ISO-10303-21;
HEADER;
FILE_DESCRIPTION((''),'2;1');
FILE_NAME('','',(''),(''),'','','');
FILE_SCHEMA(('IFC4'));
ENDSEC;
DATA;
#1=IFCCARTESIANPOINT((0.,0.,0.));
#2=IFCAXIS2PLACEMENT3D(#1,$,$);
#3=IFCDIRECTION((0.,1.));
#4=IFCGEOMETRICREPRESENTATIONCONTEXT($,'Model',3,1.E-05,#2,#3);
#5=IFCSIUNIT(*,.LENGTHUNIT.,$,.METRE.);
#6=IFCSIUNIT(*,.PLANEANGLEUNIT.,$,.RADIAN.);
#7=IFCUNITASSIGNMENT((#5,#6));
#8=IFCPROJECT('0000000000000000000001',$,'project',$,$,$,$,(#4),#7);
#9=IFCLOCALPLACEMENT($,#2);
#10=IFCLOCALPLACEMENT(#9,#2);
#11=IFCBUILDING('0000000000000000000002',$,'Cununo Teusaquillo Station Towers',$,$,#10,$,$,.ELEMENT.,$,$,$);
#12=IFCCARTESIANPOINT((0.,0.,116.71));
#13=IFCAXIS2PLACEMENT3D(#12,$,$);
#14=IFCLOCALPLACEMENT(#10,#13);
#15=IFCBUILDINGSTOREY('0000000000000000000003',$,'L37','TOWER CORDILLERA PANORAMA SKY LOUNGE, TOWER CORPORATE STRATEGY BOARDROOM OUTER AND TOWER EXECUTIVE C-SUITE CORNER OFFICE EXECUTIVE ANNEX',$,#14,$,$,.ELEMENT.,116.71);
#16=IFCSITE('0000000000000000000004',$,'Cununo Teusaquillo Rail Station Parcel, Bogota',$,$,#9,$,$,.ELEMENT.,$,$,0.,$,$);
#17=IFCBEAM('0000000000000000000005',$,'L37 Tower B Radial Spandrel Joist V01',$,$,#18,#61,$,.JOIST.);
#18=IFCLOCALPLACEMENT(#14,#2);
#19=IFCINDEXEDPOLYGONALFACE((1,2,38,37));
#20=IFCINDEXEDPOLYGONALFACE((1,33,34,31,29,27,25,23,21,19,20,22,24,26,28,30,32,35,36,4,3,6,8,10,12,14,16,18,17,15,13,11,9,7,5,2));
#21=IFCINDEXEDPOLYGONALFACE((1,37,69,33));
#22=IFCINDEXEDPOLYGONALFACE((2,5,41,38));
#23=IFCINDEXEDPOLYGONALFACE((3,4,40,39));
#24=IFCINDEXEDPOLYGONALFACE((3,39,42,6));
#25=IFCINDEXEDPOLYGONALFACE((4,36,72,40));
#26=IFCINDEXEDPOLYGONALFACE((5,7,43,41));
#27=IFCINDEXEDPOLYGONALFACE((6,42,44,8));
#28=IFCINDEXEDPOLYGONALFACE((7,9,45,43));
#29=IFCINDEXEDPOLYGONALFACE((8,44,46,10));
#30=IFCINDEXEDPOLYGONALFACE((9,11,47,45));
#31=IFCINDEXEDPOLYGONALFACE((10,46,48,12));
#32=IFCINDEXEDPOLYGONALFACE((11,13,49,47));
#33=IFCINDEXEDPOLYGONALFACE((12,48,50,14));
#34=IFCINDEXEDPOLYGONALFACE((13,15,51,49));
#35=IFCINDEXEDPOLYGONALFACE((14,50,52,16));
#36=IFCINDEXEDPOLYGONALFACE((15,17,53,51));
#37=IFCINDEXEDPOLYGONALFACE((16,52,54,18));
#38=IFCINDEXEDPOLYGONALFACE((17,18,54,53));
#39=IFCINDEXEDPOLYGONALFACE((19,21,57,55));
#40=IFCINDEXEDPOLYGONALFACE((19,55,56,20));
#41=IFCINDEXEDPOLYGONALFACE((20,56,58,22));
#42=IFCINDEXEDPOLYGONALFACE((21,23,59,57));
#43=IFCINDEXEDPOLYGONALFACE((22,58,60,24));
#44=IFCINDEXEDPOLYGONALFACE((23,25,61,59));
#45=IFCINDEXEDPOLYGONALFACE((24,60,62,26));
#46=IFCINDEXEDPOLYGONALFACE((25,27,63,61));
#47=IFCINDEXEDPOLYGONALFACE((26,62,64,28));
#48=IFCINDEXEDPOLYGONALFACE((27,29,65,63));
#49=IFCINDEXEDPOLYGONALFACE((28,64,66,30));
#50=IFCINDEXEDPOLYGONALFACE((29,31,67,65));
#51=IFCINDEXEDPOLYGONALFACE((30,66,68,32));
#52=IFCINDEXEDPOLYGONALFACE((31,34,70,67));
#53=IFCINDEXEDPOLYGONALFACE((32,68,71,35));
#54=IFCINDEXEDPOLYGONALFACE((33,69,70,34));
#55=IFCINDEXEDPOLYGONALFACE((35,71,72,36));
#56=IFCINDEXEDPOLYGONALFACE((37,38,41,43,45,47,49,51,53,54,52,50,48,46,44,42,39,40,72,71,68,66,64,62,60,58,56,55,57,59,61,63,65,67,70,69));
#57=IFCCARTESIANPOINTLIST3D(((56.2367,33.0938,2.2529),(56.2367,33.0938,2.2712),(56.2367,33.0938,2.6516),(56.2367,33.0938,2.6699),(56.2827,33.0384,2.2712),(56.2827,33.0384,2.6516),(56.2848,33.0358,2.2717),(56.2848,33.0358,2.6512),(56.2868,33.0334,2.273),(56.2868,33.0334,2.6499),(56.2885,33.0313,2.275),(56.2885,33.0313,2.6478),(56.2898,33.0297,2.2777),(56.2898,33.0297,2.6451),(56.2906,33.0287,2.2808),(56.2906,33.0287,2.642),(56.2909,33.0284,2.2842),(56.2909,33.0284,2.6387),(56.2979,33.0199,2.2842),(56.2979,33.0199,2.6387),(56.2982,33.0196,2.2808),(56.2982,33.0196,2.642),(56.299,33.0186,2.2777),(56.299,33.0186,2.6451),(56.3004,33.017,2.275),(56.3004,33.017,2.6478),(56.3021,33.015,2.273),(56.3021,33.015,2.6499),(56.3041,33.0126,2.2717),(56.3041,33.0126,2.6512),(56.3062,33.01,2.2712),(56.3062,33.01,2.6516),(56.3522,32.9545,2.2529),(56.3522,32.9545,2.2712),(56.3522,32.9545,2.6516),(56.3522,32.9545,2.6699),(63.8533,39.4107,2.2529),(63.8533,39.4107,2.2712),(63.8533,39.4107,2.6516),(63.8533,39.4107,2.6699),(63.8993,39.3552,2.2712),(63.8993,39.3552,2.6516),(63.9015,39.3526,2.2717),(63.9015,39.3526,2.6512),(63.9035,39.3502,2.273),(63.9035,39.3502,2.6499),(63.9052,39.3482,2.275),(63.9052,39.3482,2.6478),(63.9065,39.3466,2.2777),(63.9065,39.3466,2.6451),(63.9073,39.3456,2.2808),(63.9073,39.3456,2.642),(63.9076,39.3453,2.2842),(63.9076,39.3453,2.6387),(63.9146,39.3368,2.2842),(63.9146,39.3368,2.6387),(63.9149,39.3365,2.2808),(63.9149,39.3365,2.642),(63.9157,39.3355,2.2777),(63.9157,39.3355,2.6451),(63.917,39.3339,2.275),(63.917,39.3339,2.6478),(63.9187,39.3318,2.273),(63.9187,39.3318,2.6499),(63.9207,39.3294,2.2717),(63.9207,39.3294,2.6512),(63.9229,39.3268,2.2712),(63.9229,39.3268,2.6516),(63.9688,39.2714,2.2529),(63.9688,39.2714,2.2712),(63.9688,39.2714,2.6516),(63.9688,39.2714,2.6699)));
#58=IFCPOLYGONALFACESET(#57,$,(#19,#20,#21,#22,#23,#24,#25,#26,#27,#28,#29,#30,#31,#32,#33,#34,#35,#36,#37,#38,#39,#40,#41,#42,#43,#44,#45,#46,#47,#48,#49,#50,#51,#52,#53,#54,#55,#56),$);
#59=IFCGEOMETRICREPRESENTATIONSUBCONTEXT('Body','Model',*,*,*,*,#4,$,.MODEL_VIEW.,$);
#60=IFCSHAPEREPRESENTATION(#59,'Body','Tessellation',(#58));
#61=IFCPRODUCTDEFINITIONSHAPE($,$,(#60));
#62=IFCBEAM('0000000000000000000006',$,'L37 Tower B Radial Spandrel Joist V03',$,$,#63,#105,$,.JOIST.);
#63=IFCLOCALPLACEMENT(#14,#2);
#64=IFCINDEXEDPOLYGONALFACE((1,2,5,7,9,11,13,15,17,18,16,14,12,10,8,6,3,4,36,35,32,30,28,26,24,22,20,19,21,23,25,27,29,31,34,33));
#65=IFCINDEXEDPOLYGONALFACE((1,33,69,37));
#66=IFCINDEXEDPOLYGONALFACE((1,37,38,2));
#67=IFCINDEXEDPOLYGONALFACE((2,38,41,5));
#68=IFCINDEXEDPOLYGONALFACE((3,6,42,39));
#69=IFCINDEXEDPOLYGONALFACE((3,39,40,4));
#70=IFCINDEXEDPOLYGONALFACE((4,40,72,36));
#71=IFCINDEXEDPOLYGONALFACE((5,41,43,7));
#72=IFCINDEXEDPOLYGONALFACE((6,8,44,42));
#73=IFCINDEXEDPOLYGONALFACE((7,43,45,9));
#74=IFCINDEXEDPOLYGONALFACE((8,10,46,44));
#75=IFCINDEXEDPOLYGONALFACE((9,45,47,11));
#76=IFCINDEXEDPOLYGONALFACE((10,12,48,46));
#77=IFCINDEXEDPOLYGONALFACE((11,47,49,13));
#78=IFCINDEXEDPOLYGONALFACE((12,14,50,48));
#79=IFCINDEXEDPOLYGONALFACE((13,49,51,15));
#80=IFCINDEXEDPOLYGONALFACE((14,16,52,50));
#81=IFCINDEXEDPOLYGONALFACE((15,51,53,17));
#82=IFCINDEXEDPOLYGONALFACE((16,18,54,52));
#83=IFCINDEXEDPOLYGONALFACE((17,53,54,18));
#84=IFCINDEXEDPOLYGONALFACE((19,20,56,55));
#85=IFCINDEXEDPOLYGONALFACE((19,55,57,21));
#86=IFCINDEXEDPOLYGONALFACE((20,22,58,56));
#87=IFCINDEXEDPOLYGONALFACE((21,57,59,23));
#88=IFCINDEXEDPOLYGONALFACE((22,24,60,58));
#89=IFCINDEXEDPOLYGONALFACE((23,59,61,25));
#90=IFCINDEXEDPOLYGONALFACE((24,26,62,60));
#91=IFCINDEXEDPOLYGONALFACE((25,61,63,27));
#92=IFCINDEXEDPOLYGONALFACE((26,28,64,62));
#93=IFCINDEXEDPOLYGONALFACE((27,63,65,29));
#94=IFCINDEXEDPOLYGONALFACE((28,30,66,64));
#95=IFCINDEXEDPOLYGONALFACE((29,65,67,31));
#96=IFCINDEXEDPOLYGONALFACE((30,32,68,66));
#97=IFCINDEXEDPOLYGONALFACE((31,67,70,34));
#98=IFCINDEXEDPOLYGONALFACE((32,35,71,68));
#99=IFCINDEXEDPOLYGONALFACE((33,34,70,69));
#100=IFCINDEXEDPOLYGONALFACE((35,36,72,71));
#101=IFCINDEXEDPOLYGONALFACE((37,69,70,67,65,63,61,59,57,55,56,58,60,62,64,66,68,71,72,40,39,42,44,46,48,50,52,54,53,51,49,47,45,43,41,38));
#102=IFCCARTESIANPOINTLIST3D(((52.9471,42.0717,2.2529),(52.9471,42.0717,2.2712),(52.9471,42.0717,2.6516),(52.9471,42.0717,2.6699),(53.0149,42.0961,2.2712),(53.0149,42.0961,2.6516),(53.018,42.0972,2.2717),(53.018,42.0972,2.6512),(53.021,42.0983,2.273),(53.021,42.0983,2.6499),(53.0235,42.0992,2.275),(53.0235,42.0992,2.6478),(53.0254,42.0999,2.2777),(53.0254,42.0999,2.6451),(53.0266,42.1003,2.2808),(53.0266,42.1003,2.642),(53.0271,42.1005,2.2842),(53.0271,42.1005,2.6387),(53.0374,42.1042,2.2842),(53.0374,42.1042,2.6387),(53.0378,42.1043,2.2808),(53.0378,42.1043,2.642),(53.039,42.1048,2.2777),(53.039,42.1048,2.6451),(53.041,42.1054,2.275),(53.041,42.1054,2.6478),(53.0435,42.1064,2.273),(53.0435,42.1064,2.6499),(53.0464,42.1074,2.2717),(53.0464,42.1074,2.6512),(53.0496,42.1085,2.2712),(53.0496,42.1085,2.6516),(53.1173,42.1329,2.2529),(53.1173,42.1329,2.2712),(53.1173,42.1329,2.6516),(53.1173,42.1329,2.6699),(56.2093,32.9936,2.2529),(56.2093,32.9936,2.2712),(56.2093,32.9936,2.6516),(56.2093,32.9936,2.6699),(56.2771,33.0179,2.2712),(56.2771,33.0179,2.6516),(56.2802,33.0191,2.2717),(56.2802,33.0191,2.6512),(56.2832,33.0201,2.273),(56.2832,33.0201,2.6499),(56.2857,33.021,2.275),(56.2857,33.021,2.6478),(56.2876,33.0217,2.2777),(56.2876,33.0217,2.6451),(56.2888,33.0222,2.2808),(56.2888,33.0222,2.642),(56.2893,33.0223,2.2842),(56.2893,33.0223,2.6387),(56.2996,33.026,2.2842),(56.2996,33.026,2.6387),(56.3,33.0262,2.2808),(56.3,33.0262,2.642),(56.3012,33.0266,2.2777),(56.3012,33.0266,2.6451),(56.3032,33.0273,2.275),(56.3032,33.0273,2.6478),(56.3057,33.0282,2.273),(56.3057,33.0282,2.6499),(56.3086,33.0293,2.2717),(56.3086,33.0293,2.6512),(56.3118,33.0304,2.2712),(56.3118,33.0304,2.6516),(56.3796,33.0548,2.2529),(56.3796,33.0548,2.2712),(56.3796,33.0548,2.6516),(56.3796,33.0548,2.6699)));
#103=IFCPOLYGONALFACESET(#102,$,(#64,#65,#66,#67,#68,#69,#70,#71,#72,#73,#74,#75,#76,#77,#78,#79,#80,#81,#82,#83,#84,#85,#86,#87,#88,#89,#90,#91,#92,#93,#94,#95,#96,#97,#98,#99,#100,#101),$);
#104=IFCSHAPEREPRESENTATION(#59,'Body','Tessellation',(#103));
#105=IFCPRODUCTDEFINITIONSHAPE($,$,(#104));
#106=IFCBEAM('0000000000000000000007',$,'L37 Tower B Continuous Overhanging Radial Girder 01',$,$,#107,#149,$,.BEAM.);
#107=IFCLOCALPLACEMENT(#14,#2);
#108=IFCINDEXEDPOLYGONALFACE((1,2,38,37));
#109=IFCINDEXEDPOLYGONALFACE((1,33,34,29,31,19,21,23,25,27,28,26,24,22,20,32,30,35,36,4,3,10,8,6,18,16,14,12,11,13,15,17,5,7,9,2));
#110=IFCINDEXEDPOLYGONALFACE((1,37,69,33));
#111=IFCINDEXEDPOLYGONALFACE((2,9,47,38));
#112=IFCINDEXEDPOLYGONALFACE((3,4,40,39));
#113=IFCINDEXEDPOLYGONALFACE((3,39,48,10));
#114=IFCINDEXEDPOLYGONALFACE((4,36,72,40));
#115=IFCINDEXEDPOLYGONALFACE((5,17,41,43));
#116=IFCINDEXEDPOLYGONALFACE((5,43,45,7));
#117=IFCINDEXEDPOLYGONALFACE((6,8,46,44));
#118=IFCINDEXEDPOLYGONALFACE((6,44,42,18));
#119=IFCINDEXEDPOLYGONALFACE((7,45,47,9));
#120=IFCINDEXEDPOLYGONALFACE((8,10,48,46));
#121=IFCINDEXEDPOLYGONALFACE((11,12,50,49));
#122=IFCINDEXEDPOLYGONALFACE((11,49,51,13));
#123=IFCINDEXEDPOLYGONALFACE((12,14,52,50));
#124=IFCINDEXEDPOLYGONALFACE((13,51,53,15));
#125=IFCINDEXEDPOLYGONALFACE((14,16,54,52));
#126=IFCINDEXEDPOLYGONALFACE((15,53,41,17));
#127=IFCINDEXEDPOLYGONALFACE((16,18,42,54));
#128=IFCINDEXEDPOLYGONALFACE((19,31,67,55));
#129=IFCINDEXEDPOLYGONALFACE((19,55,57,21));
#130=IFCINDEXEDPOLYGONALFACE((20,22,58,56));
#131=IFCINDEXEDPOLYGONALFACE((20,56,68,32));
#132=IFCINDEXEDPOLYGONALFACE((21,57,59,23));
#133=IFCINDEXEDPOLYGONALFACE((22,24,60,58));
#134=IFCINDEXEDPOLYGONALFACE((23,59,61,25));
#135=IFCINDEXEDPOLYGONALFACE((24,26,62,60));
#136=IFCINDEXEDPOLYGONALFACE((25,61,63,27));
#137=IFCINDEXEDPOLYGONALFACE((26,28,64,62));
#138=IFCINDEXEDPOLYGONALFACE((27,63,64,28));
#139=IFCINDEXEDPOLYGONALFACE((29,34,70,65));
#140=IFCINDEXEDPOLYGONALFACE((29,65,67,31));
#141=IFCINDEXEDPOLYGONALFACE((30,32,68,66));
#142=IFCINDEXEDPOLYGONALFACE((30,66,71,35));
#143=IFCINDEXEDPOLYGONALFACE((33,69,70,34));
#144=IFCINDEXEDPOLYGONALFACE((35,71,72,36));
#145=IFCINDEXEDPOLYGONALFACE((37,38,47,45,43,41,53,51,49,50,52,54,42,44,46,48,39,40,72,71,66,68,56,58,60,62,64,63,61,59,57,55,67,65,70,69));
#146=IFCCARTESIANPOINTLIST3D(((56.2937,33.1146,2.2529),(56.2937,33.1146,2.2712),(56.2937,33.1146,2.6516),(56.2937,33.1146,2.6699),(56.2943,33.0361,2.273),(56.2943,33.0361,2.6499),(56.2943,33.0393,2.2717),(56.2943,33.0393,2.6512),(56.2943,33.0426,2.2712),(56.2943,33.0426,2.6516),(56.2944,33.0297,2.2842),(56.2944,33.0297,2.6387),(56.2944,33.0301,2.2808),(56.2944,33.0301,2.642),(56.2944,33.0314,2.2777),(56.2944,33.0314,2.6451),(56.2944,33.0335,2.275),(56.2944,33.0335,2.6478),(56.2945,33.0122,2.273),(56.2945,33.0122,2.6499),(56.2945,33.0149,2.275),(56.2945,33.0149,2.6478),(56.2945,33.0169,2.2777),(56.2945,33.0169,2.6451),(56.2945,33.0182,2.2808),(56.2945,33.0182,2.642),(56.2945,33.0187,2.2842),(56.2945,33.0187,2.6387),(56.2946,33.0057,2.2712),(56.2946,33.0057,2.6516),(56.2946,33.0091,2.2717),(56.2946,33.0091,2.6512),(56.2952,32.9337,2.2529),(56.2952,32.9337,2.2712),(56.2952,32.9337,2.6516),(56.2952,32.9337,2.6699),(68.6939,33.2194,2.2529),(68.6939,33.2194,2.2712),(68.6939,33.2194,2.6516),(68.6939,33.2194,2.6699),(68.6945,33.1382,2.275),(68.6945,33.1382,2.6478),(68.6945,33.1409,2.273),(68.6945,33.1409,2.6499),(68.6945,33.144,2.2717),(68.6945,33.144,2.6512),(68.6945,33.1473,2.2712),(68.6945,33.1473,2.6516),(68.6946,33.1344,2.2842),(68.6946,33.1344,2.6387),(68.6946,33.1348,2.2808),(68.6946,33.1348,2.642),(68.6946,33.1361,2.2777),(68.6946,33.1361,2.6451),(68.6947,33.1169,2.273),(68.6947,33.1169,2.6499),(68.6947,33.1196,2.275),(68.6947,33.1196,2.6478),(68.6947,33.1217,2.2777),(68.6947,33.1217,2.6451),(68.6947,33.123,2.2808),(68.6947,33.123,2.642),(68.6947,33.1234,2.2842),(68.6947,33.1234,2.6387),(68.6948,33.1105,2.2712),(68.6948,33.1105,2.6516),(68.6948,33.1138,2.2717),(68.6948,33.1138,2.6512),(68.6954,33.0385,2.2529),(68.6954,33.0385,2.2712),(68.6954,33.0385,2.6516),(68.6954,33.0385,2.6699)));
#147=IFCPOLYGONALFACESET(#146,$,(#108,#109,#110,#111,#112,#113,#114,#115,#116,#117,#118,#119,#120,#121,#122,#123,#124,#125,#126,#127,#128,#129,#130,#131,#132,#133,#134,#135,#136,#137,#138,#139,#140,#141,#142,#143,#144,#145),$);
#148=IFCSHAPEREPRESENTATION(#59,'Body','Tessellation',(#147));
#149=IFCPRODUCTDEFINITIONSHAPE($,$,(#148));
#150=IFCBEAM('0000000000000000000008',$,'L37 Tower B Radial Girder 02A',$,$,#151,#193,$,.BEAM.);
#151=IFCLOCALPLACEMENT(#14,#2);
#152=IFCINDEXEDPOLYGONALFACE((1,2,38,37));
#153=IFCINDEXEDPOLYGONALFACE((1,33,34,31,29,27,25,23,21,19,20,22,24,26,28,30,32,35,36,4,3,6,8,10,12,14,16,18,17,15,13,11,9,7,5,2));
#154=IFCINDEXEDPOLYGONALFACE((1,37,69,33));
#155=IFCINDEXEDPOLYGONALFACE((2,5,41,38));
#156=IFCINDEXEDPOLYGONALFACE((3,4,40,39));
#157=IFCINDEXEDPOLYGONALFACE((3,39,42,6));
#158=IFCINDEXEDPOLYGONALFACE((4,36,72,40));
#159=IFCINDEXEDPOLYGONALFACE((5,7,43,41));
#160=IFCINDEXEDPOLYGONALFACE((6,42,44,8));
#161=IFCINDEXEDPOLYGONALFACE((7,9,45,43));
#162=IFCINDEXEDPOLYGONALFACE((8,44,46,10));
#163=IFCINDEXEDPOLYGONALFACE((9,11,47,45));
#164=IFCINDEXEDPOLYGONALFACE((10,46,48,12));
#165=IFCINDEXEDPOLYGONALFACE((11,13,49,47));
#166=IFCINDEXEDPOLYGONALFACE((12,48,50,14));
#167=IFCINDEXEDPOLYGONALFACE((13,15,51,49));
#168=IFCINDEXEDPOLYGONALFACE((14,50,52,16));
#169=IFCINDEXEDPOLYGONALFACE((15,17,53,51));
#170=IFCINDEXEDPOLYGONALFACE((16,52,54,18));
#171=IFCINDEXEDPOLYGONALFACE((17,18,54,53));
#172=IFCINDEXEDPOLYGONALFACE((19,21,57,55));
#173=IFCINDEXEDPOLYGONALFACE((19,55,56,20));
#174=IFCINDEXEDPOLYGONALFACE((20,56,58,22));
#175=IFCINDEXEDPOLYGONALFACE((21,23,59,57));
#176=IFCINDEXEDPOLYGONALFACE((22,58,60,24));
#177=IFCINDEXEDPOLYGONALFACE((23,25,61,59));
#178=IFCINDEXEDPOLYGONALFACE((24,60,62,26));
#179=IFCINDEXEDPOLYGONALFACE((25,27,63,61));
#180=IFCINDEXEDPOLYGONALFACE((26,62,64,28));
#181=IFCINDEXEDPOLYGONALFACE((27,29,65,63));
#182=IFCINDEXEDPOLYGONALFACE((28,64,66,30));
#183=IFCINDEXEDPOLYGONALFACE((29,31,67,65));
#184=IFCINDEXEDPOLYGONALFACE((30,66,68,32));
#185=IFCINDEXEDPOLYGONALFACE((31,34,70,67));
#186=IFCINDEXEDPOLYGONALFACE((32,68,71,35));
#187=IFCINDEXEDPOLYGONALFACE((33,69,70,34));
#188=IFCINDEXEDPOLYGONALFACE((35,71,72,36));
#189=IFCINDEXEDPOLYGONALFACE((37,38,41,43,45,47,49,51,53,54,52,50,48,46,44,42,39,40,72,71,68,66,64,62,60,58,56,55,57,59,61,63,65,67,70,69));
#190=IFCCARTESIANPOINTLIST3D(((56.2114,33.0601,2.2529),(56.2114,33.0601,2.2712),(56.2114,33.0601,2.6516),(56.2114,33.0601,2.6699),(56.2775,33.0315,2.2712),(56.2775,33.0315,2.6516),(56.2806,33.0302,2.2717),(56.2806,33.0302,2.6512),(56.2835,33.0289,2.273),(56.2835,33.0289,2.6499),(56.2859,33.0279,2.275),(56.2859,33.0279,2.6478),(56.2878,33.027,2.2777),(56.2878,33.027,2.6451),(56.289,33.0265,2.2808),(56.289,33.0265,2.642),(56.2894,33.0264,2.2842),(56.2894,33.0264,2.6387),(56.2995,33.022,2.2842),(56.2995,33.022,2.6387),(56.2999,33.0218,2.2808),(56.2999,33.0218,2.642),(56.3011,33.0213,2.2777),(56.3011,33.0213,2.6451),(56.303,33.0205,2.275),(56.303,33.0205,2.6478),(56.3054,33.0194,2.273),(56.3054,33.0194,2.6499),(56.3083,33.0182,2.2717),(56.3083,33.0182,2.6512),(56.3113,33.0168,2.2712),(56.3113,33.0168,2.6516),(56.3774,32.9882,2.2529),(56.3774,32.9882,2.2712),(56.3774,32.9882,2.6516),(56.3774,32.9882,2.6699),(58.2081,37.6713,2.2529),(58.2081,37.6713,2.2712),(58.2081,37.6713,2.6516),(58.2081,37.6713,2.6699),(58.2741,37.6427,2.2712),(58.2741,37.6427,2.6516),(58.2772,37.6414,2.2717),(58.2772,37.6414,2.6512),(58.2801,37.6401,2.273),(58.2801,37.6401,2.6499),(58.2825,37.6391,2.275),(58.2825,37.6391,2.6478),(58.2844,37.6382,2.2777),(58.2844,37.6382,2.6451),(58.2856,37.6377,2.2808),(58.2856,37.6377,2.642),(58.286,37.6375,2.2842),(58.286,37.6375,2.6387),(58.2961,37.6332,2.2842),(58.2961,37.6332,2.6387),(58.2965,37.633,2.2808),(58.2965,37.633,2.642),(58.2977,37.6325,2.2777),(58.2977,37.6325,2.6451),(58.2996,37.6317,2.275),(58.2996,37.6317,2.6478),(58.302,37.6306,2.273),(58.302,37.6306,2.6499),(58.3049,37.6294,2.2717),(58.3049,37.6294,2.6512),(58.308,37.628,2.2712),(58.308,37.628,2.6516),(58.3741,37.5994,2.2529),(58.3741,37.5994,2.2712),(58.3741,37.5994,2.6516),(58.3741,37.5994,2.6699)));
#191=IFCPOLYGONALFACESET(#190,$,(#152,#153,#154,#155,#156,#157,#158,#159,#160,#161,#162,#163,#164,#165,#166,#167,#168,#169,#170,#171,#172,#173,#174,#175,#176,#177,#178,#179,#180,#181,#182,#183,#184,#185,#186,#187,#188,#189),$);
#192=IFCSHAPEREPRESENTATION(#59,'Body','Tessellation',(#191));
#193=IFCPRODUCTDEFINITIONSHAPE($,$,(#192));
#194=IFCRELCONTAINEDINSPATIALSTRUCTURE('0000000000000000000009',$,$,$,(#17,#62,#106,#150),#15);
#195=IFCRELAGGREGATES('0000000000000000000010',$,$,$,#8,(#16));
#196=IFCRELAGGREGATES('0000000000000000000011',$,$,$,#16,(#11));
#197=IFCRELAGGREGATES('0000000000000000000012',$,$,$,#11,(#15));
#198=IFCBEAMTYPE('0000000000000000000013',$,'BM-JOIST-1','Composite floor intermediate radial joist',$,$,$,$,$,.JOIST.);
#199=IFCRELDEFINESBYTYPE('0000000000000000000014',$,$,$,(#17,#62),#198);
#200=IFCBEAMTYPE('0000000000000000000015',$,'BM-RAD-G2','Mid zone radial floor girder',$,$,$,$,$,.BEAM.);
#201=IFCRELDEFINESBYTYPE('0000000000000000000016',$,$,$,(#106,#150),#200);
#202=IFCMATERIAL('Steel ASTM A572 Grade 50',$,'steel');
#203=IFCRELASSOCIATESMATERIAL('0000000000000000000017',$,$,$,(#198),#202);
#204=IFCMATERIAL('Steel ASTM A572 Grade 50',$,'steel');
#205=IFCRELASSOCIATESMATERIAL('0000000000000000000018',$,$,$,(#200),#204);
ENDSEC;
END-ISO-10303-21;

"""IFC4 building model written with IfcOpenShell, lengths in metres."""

from ifc_helpers import new_model, si_unit, direction, frame, origin, origin_2d, place, context, subcontext, project, spatial, i_section, extrude, material, material_profile, profile_set, type_object, element, save


model = new_model("IFC4")

# Units and contexts
model_context = context("Model", 3, precision=1e-05, world=origin(), true_north=direction((0.0, 1.0)))
body_context = subcontext(model_context, "Body", "Model", "MODEL_VIEW")
ifc_project = project(units=[si_unit("LENGTHUNIT", "METRE"), si_unit("PLANEANGLEUNIT", "RADIAN")], contexts=[model_context])

# Site, building, storey
site_placement = place(None, origin())
site = spatial("IfcSite", under=ifc_project, at=site_placement, Name="Cununo Teusaquillo Rail Station Parcel, Bogota", CompositionType="ELEMENT", RefElevation=0.0)
building_placement = place(site_placement, origin())
building = spatial("IfcBuilding", under=site, at=building_placement, Name="Cununo Teusaquillo Station Towers", CompositionType="ELEMENT")
storey_placement = place(building_placement, frame((0.0, 0.0, 116.71)))
storey = spatial("IfcBuildingStorey", under=building, at=storey_placement, Name="L37", Description="TOWER CORDILLERA PANORAMA SKY LOUNGE, TOWER CORPORATE STRATEGY BOARDROOM OUTER AND TOWER EXECUTIVE C-SUITE CORNER OFFICE EXECUTIVE ANNEX", CompositionType="ELEMENT", Elevation=116.71)

# Beams
ifc_material_1 = material(Name="Steel ASTM A572 Grade 50", Category="steel")
ifc_material_profile_1 = material_profile(ifc_material_1, i_section(OverallWidth=0.1809, OverallDepth=0.417, WebThickness=0.011, FlangeThickness=0.0183, FilletRadius=0.0129, at=origin_2d()), Name="W16X57")
ifc_profile_set_1 = profile_set([ifc_material_profile_1], Name="Steel ASTM A572 Grade 50")
beam_type_1 = type_object("IfcBeamType", Name="BM-JOIST-1", Description="Composite floor intermediate radial joist", PredefinedType="JOIST", material=ifc_profile_set_1)
beam_1_placement = place(storey_placement, frame((56.2944, 33.0242, 2.4614), z_axis=(0.769728, 0.638372, 0.0), x_axis=(-0.638372, 0.769728, 0.0)))
element("IfcBeam", 1, at=beam_1_placement, inside=storey, type_object=beam_type_1, Name="L37 Tower B Radial Spandrel Joist V01", PredefinedType="JOIST", context=body_context, shape_type="SweptSolid", body=[
    extrude(i_section(OverallWidth=0.1809, OverallDepth=0.417, WebThickness=0.011, FlangeThickness=0.0183, FilletRadius=0.0129, at=origin_2d()), origin(), (0.0, 0.0, 1.0), 9.8953),
])
beam_2_placement = place(storey_placement, frame((56.2944, 33.0242, 2.4614), z_axis=(-0.338176, 0.941083, 0.0), x_axis=(-0.941083, -0.338176, 0.0)))
element("IfcBeam", 2, at=beam_2_placement, inside=storey, type_object=beam_type_1, Name="L37 Tower B Radial Spandrel Joist V03", PredefinedType="JOIST", context=body_context, shape_type="SweptSolid", body=[
    extrude(i_section(OverallWidth=0.1809, OverallDepth=0.417, WebThickness=0.011, FlangeThickness=0.0183, FilletRadius=0.0129, at=origin_2d()), origin(), (0.0, 0.0, 1.0), 9.6465),
])
ifc_material_2 = material(Name="Steel ASTM A572 Grade 50", Category="steel")
ifc_material_profile_2 = material_profile(ifc_material_2, i_section(OverallWidth=0.1809, OverallDepth=0.417, WebThickness=0.011, FlangeThickness=0.0183, FilletRadius=0.0129, at=origin_2d()), Name="W16X57")
ifc_profile_set_2 = profile_set([ifc_material_profile_2], Name="Steel ASTM A572 Grade 50")
beam_type_2 = type_object("IfcBeamType", Name="BM-RAD-G2", Description="Mid zone radial floor girder", PredefinedType="BEAM", material=ifc_profile_set_2)
beam_3_placement = place(storey_placement, frame((56.2944, 33.0242, 2.4614), z_axis=(0.999964, 0.008446, 0.0), x_axis=(-0.008446, 0.999964, 0.0)))
element("IfcBeam", 3, at=beam_3_placement, inside=storey, type_object=beam_type_2, Name="L37 Tower B Continuous Overhanging Radial Girder 01", PredefinedType="BEAM", context=body_context, shape_type="SweptSolid", body=[
    extrude(i_section(OverallWidth=0.1809, OverallDepth=0.417, WebThickness=0.011, FlangeThickness=0.0183, FilletRadius=0.0129, at=origin_2d()), origin(), (0.0, 0.0, 1.0), 12.4006),
])
beam_4_placement = place(storey_placement, frame((56.2944, 33.0242, 2.4614), z_axis=(0.397347, 0.917668, 0.0), x_axis=(-0.917668, 0.397347, 0.0)))
element("IfcBeam", 4, at=beam_4_placement, inside=storey, type_object=beam_type_2, Name="L37 Tower B Radial Girder 02A", PredefinedType="BEAM", context=body_context, shape_type="SweptSolid", body=[
    extrude(i_section(OverallWidth=0.1809, OverallDepth=0.417, WebThickness=0.011, FlangeThickness=0.0183, FilletRadius=0.0129, at=origin_2d()), origin(), (0.0, 0.0, 1.0), 5.0249),
])

save(model, "model.ifc")
